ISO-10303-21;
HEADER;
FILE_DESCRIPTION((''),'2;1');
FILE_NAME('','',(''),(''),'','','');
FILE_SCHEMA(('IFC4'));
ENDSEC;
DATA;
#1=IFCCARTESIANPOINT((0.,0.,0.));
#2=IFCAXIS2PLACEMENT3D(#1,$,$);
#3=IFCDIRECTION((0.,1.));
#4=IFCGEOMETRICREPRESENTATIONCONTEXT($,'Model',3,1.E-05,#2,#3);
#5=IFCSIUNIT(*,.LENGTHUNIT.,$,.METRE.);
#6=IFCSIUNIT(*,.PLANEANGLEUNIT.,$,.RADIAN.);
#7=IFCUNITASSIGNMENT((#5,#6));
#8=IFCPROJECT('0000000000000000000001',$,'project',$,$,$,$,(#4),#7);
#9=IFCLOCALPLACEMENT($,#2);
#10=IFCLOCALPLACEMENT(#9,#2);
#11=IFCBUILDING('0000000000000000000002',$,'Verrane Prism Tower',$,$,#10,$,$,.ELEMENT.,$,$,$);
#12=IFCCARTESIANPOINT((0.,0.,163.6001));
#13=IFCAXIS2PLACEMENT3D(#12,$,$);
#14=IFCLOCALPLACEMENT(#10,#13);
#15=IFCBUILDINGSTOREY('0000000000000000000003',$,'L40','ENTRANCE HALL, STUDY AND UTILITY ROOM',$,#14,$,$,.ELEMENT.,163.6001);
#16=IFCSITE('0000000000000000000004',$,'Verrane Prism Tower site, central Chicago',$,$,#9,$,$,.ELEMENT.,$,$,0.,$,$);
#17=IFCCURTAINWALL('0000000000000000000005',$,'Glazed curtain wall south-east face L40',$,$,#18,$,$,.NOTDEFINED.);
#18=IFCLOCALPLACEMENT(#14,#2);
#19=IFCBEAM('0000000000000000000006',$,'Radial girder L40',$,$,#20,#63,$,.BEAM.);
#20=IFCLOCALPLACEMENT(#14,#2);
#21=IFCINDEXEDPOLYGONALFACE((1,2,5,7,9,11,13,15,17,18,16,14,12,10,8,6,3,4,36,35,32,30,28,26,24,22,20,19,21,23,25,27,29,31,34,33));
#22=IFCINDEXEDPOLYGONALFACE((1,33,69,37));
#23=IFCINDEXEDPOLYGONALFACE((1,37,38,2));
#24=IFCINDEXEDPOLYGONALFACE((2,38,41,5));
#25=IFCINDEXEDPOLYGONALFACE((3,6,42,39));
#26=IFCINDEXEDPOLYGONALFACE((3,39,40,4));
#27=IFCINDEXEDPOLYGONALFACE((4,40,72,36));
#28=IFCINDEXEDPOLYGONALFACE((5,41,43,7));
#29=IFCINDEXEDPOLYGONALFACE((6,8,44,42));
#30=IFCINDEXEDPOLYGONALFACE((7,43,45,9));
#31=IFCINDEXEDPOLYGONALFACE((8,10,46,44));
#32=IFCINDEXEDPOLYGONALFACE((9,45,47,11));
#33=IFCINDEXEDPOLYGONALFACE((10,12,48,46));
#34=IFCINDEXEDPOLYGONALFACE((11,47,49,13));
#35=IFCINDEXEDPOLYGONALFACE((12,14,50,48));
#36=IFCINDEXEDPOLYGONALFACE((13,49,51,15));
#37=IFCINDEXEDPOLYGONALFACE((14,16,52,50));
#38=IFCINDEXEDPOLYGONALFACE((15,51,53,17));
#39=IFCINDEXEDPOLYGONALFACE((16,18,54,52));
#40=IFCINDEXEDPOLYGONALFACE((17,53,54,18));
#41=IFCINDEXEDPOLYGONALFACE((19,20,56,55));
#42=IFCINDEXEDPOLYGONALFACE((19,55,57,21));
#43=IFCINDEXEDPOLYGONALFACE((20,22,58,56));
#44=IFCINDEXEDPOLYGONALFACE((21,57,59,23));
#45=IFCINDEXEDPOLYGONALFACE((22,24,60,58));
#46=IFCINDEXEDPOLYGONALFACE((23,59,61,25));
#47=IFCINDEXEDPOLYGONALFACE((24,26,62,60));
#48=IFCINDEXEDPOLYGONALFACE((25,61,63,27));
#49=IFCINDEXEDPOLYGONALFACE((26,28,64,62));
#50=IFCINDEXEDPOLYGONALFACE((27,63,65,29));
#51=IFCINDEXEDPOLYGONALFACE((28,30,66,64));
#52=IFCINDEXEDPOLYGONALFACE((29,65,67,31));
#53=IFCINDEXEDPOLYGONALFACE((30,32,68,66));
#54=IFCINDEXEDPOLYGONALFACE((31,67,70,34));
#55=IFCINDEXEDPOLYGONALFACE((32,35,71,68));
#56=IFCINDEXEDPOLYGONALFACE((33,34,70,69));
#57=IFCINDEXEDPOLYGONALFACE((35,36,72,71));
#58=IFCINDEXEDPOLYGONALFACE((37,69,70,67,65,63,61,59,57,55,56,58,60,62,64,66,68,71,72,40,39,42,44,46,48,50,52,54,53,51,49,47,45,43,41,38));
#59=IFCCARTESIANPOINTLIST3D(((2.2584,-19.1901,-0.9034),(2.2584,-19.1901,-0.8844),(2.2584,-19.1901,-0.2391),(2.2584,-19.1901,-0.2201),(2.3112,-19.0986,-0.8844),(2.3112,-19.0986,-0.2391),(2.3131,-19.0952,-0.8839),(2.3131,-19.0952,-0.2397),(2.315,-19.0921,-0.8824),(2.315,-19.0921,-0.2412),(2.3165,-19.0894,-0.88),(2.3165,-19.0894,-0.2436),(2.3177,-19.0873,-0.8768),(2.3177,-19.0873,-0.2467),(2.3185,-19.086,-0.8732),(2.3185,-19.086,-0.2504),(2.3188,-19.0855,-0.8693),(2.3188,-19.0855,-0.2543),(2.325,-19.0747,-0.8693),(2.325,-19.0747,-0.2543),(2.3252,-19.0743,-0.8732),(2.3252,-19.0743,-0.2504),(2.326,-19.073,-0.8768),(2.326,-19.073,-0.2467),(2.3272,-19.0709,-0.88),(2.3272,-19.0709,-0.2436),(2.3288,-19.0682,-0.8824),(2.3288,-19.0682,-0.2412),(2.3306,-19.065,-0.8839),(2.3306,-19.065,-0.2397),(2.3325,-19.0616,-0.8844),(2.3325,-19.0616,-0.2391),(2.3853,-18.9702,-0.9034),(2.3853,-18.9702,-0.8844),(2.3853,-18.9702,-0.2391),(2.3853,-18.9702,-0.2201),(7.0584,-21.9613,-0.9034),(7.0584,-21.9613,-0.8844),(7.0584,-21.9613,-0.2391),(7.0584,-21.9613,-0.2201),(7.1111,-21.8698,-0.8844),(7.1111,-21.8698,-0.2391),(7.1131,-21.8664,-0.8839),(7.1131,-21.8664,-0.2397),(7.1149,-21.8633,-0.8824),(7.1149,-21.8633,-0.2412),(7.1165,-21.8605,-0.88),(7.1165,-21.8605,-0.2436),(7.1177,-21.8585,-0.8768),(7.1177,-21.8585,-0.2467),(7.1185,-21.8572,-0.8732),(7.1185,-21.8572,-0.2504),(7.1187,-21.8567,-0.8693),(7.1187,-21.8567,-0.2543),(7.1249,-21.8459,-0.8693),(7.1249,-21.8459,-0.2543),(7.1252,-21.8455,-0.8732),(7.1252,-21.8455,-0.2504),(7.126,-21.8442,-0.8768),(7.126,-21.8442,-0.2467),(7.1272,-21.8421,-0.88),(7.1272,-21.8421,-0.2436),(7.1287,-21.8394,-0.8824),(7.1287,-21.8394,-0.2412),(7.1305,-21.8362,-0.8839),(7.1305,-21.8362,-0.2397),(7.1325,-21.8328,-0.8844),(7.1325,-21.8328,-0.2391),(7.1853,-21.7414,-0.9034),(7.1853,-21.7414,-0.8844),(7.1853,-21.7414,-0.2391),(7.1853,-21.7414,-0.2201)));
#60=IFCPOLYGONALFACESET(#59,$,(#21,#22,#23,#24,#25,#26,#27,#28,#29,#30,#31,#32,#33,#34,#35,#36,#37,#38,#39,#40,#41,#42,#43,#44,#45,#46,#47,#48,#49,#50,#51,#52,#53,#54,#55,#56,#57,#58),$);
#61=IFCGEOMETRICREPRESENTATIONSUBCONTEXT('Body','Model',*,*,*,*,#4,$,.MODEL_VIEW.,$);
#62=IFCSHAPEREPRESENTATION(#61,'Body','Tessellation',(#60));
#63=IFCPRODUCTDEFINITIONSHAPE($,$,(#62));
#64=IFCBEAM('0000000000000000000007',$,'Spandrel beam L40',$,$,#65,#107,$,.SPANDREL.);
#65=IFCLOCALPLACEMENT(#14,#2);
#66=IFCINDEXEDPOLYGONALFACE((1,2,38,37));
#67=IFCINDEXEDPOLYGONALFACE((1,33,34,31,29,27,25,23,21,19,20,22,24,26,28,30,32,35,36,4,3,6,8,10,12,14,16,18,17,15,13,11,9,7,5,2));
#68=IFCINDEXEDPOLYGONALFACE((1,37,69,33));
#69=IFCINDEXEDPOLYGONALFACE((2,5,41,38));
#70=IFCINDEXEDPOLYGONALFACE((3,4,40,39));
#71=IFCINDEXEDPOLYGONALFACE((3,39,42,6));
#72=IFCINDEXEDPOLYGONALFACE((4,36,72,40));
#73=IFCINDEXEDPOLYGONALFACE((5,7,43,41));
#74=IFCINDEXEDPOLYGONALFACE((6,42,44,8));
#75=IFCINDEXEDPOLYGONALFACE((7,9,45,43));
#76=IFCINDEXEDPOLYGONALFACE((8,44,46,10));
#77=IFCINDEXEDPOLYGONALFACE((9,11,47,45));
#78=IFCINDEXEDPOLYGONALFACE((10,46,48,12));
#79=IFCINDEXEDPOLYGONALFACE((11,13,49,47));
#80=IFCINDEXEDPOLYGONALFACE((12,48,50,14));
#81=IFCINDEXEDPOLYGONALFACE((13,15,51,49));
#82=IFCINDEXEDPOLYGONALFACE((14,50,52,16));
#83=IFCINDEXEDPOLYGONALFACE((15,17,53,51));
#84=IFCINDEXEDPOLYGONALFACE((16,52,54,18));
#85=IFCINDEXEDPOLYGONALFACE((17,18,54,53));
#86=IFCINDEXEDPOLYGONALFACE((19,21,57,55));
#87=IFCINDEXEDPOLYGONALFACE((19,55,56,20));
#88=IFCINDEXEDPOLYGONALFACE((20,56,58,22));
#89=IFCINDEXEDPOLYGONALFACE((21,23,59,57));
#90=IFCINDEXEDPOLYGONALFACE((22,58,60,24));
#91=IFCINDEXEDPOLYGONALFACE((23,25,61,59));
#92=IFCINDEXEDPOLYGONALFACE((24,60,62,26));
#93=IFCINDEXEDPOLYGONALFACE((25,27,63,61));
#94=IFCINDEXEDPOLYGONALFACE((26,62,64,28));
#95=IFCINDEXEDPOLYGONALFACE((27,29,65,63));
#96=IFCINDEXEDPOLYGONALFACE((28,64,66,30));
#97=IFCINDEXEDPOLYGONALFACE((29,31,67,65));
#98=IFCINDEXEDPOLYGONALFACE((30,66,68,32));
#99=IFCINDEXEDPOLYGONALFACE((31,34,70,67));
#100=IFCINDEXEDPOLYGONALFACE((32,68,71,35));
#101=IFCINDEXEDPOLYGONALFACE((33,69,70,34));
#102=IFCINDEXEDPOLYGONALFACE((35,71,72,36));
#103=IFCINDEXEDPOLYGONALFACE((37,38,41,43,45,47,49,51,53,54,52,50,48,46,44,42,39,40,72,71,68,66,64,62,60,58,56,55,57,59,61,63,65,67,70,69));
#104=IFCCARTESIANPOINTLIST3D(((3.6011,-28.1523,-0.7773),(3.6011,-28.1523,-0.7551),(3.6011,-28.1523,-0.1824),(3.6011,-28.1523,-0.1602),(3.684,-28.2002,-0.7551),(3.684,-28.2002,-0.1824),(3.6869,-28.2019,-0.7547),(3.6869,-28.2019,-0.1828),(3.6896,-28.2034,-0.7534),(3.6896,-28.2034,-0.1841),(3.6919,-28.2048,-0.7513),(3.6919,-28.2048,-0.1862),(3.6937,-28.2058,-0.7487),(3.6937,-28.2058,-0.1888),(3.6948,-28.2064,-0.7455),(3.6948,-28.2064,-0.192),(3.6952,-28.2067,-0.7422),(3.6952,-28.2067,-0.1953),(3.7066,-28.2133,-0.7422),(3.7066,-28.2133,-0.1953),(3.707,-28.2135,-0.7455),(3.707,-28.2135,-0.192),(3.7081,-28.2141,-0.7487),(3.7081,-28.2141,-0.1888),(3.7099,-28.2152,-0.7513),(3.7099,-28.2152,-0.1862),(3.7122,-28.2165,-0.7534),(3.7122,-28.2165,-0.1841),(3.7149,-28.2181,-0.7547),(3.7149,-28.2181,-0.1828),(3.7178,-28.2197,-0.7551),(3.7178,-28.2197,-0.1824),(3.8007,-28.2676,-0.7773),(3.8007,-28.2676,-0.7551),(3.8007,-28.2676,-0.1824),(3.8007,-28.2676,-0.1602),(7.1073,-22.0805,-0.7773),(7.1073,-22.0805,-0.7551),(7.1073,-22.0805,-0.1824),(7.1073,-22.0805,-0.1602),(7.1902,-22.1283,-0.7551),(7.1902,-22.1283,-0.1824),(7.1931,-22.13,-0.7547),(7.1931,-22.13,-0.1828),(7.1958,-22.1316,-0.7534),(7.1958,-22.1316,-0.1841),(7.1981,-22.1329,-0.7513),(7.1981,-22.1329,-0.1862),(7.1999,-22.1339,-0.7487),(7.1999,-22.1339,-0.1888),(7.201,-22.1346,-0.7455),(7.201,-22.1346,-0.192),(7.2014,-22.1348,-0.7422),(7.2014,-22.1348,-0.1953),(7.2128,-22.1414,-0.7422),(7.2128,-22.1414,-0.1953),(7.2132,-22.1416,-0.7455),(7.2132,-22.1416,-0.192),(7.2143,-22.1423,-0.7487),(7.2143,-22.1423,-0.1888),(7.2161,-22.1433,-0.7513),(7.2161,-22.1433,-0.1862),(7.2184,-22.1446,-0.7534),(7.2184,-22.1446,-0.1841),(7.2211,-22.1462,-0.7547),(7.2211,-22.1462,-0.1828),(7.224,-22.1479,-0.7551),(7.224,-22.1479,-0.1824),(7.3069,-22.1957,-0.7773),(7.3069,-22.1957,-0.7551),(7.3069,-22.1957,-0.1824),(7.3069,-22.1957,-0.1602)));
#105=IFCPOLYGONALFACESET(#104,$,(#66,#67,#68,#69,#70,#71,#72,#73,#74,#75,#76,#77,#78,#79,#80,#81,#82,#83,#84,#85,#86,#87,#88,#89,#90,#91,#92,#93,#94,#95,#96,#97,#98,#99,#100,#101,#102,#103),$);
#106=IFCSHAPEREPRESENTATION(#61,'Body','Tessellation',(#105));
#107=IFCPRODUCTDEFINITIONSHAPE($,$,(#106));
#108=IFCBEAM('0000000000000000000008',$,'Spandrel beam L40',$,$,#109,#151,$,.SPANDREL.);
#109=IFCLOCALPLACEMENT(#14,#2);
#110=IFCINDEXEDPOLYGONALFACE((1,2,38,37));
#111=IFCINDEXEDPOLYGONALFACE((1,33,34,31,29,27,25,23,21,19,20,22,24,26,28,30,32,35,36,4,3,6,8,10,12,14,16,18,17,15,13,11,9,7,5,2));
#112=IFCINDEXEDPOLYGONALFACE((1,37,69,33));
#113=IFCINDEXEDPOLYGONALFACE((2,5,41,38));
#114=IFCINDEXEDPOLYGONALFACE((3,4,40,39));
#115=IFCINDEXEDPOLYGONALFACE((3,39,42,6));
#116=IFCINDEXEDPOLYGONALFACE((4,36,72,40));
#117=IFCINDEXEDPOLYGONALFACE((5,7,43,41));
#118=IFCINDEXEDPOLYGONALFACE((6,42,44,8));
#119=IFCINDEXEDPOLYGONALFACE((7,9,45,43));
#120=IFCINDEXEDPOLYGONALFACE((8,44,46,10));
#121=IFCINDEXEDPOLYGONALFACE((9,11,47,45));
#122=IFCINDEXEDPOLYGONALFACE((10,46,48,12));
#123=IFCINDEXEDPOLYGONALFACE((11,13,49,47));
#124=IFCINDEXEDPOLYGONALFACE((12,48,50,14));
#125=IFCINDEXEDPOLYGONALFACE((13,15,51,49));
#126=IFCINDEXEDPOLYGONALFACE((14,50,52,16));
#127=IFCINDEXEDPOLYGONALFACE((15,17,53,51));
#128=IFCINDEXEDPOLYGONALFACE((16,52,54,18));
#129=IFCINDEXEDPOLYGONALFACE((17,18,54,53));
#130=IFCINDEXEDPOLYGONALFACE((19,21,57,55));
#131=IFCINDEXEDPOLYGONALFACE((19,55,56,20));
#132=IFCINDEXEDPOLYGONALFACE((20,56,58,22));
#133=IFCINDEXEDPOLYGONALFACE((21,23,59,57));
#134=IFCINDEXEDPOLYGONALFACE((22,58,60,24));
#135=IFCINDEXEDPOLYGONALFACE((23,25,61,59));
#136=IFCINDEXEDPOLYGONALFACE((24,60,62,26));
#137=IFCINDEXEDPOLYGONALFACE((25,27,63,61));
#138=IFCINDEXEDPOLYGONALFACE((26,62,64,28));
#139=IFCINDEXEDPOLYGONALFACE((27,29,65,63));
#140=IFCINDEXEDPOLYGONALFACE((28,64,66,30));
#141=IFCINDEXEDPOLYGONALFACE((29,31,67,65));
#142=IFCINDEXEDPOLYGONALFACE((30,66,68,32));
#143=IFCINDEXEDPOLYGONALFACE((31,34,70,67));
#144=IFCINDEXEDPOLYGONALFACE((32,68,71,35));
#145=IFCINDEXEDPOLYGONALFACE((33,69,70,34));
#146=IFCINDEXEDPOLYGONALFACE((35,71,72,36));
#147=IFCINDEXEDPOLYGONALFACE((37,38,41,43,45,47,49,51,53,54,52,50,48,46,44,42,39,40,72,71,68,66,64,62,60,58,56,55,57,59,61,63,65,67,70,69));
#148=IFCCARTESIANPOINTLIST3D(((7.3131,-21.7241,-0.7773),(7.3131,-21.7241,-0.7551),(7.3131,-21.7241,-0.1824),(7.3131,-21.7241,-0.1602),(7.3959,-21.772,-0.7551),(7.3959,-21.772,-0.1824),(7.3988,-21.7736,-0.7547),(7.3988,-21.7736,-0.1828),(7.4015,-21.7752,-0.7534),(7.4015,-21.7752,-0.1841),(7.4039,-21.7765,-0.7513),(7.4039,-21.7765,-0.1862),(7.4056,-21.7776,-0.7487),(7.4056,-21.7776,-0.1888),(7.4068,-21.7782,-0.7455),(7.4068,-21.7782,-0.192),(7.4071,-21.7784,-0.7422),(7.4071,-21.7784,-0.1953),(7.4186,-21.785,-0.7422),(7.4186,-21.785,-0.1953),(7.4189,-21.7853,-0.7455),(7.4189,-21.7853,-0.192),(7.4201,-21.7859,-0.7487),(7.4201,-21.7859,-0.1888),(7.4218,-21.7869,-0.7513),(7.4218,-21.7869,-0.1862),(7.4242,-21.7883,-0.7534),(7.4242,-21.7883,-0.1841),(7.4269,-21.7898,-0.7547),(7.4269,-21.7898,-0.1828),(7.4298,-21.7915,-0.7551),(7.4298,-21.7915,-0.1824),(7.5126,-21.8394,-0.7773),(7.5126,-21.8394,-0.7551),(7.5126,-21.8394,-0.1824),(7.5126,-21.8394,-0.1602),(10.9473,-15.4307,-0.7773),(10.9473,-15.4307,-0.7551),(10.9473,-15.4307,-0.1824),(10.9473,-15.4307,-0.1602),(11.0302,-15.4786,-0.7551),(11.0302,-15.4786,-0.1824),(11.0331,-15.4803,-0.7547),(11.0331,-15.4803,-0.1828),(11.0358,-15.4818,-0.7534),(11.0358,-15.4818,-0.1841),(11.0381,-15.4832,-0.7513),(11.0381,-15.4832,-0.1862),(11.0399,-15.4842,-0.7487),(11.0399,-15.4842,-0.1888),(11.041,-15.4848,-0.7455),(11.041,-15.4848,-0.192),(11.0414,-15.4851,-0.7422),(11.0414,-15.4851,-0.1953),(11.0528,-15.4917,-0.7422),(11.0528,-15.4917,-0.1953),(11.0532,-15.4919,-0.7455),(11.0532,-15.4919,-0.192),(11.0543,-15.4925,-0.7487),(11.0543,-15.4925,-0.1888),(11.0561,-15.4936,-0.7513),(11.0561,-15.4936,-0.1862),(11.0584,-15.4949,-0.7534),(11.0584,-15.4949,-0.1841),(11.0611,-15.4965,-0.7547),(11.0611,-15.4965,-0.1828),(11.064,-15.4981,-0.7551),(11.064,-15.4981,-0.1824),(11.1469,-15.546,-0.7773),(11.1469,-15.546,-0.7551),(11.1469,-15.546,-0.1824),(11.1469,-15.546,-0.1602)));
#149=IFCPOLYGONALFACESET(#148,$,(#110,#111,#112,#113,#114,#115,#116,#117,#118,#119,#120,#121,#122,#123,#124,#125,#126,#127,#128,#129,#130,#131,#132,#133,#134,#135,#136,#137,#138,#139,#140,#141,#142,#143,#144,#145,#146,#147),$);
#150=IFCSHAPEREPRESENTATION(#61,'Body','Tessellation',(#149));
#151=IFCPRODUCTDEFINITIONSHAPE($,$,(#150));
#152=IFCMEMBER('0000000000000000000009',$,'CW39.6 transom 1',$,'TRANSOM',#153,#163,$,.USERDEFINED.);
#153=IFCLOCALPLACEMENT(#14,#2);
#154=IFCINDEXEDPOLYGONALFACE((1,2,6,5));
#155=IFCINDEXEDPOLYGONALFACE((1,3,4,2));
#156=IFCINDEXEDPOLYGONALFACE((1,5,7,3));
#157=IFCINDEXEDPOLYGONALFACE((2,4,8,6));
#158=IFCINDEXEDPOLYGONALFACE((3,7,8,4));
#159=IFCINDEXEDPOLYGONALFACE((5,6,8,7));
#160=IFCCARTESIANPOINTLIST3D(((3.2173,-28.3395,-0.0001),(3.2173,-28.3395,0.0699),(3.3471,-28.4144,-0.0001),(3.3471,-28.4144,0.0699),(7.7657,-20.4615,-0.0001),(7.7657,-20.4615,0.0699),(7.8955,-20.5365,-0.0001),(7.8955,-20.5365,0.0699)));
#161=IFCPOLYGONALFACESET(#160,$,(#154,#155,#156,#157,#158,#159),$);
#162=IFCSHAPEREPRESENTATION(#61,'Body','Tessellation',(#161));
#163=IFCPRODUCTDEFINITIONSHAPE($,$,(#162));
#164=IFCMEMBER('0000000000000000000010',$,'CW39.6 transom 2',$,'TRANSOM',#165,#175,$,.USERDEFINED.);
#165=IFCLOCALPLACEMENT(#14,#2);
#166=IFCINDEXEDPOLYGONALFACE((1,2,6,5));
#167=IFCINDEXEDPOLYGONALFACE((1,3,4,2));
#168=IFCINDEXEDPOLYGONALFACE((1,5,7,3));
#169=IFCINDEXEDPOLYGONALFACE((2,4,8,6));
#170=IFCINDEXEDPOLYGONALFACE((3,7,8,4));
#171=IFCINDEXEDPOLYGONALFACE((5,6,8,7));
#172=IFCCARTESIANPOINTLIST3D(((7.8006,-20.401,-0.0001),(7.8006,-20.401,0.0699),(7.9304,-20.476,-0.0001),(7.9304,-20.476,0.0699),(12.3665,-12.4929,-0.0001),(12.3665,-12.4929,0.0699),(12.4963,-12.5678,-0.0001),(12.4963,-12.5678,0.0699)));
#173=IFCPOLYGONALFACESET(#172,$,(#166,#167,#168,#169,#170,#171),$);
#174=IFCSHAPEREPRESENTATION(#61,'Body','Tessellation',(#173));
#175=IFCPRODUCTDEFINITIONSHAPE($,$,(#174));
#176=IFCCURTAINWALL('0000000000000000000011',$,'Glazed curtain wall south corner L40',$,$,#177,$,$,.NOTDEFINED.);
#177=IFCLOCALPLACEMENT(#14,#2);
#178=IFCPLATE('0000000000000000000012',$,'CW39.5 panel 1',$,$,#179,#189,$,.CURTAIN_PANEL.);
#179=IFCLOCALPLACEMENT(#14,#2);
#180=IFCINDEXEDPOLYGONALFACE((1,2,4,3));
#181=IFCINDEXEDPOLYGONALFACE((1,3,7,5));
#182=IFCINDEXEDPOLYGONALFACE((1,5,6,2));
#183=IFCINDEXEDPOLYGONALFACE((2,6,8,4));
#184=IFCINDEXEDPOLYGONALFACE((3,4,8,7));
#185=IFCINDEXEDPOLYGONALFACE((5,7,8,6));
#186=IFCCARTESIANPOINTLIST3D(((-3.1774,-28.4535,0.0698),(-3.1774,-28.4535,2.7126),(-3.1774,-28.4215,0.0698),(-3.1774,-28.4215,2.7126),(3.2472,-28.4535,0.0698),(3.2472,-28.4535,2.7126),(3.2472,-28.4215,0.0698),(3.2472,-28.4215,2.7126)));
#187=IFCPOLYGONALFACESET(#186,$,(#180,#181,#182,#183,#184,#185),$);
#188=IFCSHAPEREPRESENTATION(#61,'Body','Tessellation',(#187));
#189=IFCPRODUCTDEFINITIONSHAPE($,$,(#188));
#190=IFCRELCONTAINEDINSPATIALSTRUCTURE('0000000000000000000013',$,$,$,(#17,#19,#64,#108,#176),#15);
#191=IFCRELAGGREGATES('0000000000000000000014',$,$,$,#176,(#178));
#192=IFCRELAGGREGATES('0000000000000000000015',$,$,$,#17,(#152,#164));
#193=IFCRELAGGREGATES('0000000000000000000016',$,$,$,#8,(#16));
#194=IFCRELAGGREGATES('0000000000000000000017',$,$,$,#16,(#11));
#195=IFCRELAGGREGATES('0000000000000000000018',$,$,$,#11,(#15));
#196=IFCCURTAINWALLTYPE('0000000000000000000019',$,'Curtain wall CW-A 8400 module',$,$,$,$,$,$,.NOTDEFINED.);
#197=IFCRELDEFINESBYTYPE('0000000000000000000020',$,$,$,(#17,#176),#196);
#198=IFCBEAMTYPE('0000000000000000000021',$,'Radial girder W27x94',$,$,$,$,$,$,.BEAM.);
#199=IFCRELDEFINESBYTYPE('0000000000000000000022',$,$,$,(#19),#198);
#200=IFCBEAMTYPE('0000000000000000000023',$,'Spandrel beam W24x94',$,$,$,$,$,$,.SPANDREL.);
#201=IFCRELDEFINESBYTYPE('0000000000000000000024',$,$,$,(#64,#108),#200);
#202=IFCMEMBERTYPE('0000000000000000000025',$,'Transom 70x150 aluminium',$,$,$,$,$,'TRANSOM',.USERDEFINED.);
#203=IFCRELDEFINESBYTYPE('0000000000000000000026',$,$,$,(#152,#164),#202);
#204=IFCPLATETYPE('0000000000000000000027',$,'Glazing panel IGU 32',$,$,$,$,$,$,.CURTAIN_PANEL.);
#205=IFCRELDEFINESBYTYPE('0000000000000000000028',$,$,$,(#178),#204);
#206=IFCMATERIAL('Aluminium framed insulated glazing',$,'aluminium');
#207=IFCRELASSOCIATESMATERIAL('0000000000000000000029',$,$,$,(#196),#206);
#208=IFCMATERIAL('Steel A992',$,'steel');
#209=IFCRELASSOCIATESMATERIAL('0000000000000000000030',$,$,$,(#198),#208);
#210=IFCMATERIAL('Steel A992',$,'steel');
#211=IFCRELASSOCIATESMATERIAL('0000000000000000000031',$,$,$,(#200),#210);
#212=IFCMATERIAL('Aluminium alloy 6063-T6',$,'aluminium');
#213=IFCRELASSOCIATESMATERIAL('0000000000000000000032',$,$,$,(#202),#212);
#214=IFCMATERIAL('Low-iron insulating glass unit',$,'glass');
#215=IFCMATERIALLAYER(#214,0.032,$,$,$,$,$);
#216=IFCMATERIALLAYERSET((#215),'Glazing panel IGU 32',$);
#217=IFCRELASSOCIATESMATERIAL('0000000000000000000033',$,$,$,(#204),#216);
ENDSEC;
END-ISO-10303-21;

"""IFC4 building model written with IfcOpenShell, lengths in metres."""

from ifc_helpers import new_model, si_unit, direction, frame, origin, origin_2d, place, context, subcontext, project, spatial, rectangle, i_section, extrude, material, layer, layer_set, material_profile, profile_set, type_object, element, aggregate, save


model = new_model("IFC4")

# Units and contexts
model_context = context("Model", 3, precision=1e-05, world=origin(), true_north=direction((0.0, 1.0)))
body_context = subcontext(model_context, "Body", "Model", "MODEL_VIEW")
ifc_project = project(units=[si_unit("LENGTHUNIT", "METRE"), si_unit("PLANEANGLEUNIT", "RADIAN")], contexts=[model_context])

# Site, building, storey
site_placement = place(None, origin())
site = spatial("IfcSite", under=ifc_project, at=site_placement, Name="Verrane Prism Tower site, central Chicago", CompositionType="ELEMENT", RefElevation=0.0)
building_placement = place(site_placement, origin())
building = spatial("IfcBuilding", under=site, at=building_placement, Name="Verrane Prism Tower", CompositionType="ELEMENT")
storey_placement = place(building_placement, frame((0.0, 0.0, 163.6001)))
storey = spatial("IfcBuildingStorey", under=building, at=storey_placement, Name="L40", Description="ENTRANCE HALL, STUDY AND UTILITY ROOM", CompositionType="ELEMENT", Elevation=163.6001)

# Curtain wall
ifc_material_1 = material(Name="Aluminium framed insulated glazing", Category="aluminium")
curtain_wall_type = type_object("IfcCurtainWallType", Name="Curtain wall CW-A 8400 module", PredefinedType="NOTDEFINED", material=ifc_material_1)
curtain_wall_1_placement = place(storey_placement, origin())
curtain_wall_1 = element("IfcCurtainWall", 1, at=curtain_wall_1_placement, inside=storey, type_object=curtain_wall_type, Name="Glazed curtain wall south-east face L40", PredefinedType="NOTDEFINED")

# Beams
ifc_material_2 = material(Name="Steel A992", Category="steel")
ifc_material_profile_1 = material_profile(ifc_material_2, i_section(OverallWidth=0.2539, OverallDepth=0.6833, WebThickness=0.0125, FlangeThickness=0.019, FilletRadius=0.0151, at=origin_2d()), Name="W27x94")
ifc_profile_set_1 = profile_set([ifc_material_profile_1], Name="Steel A992")
beam_type_1 = type_object("IfcBeamType", Name="Radial girder W27x94", PredefinedType="BEAM", material=ifc_profile_set_1)
beam_1_placement = place(storey_placement, frame((7.1218, -21.8513, -0.5618), z_axis=(-0.866031, 0.499991, 0.0), x_axis=(-0.499991, -0.866031, 0.0)))
element("IfcBeam", 2, at=beam_1_placement, inside=storey, type_object=beam_type_1, Name="Radial girder L40", PredefinedType="BEAM", context=body_context, shape_type="SweptSolid", body=[
    extrude(i_section(OverallWidth=0.2539, OverallDepth=0.6833, WebThickness=0.0125, FlangeThickness=0.019, FilletRadius=0.0151, at=origin_2d()), origin(), (0.0, 0.0, 1.0), 5.5425),
])
ifc_material_3 = material(Name="Steel A992", Category="steel")
ifc_material_profile_2 = material_profile(ifc_material_3, i_section(OverallWidth=0.2305, OverallDepth=0.6172, WebThickness=0.0132, FlangeThickness=0.0222, FilletRadius=0.0129, at=origin_2d()), Name="W24x94")
ifc_profile_set_2 = profile_set([ifc_material_profile_2], Name="Steel A992")
beam_type_2 = type_object("IfcBeamType", Name="Spandrel beam W24x94", PredefinedType="SPANDREL", material=ifc_profile_set_2)
beam_2_placement = place(storey_placement, frame((3.7009, -28.21, -0.4688), z_axis=(0.50006, 0.865991, 0.0), x_axis=(-0.865991, 0.50006, 0.0)))
element("IfcBeam", 3, at=beam_2_placement, inside=storey, type_object=beam_type_2, Name="Spandrel beam L40", PredefinedType="SPANDREL", context=body_context, shape_type="SweptSolid", body=[
    extrude(i_section(OverallWidth=0.2305, OverallDepth=0.6172, WebThickness=0.0132, FlangeThickness=0.0222, FilletRadius=0.0129, at=origin_2d()), origin(), (0.0, 0.0, 1.0), 7.0115),
])
beam_3_placement = place(storey_placement, frame((7.4128, -21.7817, -0.4688), z_axis=(0.500077, 0.865981, 0.0), x_axis=(-0.865981, 0.500077, 0.0)))
element("IfcBeam", 4, at=beam_3_placement, inside=storey, type_object=beam_type_2, Name="Spandrel beam L40", PredefinedType="SPANDREL", context=body_context, shape_type="SweptSolid", body=[
    extrude(i_section(OverallWidth=0.2305, OverallDepth=0.6172, WebThickness=0.0132, FlangeThickness=0.0222, FilletRadius=0.0129, at=origin_2d()), origin(), (0.0, 0.0, 1.0), 7.2673),
])

# Members
ifc_material_4 = material(Name="Aluminium alloy 6063-T6", Category="aluminium")
ifc_material_profile_3 = material_profile(ifc_material_4, rectangle(XDim=0.1499, YDim=0.0701, at=origin_2d()), Name="Transom 70x150 aluminium")
ifc_profile_set_3 = profile_set([ifc_material_profile_3], Name="Aluminium alloy 6063-T6")
member_type_1 = type_object("IfcMemberType", Name="Transom 70x150 aluminium", ElementType="TRANSOM", PredefinedType="USERDEFINED", material=ifc_profile_set_3)
member_1_placement = place(storey_placement, frame((3.2822, -28.377, 0.0349), z_axis=(0.500001, 0.866025, 0.0), x_axis=(-0.866025, 0.500001, 0.0)))
member_1 = element("IfcMember", 5, at=member_1_placement, type_object=member_type_1, Name="CW39.6 transom 1", ObjectType="TRANSOM", PredefinedType="USERDEFINED", context=body_context, shape_type="SweptSolid", body=[
    extrude(rectangle(XDim=0.1499, YDim=0.0701, at=origin_2d()), origin(), (0.0, 0.0, 1.0), 9.0967),
])
member_2_placement = place(storey_placement, frame((7.8655, -20.4385, 0.0349), z_axis=(0.500009, 0.86602, 0.0), x_axis=(-0.86602, 0.500009, 0.0)))
member_2 = element("IfcMember", 6, at=member_2_placement, type_object=member_type_1, Name="CW39.6 transom 2", ObjectType="TRANSOM", PredefinedType="USERDEFINED", context=body_context, shape_type="SweptSolid", body=[
    extrude(rectangle(XDim=0.1499, YDim=0.0701, at=origin_2d()), origin(), (0.0, 0.0, 1.0), 9.1316),
])

# Curtain wall, plate
curtain_wall_2_placement = place(storey_placement, origin())
curtain_wall_2 = element("IfcCurtainWall", 7, at=curtain_wall_2_placement, inside=storey, type_object=curtain_wall_type, Name="Glazed curtain wall south corner L40", PredefinedType="NOTDEFINED")
ifc_material_5 = material(Name="Low-iron insulating glass unit", Category="glass")
ifc_layer_1 = layer(ifc_material_5, 0.032)
ifc_layer_set_1 = layer_set([ifc_layer_1], Name="Glazing panel IGU 32")
plate_type = type_object("IfcPlateType", Name="Glazing panel IGU 32", PredefinedType="CURTAIN_PANEL", material=ifc_layer_set_1)
plate_1_placement = place(storey_placement, frame((0.0349, -28.4375, 0.0698), z_axis=(0.0, 0.0, 1.0), x_axis=(1.0, 0.0, 0.0)))
plate_1 = element("IfcPlate", 8, at=plate_1_placement, type_object=plate_type, Name="CW39.5 panel 1", PredefinedType="CURTAIN_PANEL", context=body_context, shape_type="SweptSolid", body=[
    extrude(rectangle(XDim=6.4246, YDim=0.032, at=origin_2d()), origin(), (0.0, 0.0, 1.0), 2.6428),
])
aggregate(curtain_wall_2, [plate_1])

aggregate(curtain_wall_1, [member_1, member_2])

save(model, "model.ifc")
